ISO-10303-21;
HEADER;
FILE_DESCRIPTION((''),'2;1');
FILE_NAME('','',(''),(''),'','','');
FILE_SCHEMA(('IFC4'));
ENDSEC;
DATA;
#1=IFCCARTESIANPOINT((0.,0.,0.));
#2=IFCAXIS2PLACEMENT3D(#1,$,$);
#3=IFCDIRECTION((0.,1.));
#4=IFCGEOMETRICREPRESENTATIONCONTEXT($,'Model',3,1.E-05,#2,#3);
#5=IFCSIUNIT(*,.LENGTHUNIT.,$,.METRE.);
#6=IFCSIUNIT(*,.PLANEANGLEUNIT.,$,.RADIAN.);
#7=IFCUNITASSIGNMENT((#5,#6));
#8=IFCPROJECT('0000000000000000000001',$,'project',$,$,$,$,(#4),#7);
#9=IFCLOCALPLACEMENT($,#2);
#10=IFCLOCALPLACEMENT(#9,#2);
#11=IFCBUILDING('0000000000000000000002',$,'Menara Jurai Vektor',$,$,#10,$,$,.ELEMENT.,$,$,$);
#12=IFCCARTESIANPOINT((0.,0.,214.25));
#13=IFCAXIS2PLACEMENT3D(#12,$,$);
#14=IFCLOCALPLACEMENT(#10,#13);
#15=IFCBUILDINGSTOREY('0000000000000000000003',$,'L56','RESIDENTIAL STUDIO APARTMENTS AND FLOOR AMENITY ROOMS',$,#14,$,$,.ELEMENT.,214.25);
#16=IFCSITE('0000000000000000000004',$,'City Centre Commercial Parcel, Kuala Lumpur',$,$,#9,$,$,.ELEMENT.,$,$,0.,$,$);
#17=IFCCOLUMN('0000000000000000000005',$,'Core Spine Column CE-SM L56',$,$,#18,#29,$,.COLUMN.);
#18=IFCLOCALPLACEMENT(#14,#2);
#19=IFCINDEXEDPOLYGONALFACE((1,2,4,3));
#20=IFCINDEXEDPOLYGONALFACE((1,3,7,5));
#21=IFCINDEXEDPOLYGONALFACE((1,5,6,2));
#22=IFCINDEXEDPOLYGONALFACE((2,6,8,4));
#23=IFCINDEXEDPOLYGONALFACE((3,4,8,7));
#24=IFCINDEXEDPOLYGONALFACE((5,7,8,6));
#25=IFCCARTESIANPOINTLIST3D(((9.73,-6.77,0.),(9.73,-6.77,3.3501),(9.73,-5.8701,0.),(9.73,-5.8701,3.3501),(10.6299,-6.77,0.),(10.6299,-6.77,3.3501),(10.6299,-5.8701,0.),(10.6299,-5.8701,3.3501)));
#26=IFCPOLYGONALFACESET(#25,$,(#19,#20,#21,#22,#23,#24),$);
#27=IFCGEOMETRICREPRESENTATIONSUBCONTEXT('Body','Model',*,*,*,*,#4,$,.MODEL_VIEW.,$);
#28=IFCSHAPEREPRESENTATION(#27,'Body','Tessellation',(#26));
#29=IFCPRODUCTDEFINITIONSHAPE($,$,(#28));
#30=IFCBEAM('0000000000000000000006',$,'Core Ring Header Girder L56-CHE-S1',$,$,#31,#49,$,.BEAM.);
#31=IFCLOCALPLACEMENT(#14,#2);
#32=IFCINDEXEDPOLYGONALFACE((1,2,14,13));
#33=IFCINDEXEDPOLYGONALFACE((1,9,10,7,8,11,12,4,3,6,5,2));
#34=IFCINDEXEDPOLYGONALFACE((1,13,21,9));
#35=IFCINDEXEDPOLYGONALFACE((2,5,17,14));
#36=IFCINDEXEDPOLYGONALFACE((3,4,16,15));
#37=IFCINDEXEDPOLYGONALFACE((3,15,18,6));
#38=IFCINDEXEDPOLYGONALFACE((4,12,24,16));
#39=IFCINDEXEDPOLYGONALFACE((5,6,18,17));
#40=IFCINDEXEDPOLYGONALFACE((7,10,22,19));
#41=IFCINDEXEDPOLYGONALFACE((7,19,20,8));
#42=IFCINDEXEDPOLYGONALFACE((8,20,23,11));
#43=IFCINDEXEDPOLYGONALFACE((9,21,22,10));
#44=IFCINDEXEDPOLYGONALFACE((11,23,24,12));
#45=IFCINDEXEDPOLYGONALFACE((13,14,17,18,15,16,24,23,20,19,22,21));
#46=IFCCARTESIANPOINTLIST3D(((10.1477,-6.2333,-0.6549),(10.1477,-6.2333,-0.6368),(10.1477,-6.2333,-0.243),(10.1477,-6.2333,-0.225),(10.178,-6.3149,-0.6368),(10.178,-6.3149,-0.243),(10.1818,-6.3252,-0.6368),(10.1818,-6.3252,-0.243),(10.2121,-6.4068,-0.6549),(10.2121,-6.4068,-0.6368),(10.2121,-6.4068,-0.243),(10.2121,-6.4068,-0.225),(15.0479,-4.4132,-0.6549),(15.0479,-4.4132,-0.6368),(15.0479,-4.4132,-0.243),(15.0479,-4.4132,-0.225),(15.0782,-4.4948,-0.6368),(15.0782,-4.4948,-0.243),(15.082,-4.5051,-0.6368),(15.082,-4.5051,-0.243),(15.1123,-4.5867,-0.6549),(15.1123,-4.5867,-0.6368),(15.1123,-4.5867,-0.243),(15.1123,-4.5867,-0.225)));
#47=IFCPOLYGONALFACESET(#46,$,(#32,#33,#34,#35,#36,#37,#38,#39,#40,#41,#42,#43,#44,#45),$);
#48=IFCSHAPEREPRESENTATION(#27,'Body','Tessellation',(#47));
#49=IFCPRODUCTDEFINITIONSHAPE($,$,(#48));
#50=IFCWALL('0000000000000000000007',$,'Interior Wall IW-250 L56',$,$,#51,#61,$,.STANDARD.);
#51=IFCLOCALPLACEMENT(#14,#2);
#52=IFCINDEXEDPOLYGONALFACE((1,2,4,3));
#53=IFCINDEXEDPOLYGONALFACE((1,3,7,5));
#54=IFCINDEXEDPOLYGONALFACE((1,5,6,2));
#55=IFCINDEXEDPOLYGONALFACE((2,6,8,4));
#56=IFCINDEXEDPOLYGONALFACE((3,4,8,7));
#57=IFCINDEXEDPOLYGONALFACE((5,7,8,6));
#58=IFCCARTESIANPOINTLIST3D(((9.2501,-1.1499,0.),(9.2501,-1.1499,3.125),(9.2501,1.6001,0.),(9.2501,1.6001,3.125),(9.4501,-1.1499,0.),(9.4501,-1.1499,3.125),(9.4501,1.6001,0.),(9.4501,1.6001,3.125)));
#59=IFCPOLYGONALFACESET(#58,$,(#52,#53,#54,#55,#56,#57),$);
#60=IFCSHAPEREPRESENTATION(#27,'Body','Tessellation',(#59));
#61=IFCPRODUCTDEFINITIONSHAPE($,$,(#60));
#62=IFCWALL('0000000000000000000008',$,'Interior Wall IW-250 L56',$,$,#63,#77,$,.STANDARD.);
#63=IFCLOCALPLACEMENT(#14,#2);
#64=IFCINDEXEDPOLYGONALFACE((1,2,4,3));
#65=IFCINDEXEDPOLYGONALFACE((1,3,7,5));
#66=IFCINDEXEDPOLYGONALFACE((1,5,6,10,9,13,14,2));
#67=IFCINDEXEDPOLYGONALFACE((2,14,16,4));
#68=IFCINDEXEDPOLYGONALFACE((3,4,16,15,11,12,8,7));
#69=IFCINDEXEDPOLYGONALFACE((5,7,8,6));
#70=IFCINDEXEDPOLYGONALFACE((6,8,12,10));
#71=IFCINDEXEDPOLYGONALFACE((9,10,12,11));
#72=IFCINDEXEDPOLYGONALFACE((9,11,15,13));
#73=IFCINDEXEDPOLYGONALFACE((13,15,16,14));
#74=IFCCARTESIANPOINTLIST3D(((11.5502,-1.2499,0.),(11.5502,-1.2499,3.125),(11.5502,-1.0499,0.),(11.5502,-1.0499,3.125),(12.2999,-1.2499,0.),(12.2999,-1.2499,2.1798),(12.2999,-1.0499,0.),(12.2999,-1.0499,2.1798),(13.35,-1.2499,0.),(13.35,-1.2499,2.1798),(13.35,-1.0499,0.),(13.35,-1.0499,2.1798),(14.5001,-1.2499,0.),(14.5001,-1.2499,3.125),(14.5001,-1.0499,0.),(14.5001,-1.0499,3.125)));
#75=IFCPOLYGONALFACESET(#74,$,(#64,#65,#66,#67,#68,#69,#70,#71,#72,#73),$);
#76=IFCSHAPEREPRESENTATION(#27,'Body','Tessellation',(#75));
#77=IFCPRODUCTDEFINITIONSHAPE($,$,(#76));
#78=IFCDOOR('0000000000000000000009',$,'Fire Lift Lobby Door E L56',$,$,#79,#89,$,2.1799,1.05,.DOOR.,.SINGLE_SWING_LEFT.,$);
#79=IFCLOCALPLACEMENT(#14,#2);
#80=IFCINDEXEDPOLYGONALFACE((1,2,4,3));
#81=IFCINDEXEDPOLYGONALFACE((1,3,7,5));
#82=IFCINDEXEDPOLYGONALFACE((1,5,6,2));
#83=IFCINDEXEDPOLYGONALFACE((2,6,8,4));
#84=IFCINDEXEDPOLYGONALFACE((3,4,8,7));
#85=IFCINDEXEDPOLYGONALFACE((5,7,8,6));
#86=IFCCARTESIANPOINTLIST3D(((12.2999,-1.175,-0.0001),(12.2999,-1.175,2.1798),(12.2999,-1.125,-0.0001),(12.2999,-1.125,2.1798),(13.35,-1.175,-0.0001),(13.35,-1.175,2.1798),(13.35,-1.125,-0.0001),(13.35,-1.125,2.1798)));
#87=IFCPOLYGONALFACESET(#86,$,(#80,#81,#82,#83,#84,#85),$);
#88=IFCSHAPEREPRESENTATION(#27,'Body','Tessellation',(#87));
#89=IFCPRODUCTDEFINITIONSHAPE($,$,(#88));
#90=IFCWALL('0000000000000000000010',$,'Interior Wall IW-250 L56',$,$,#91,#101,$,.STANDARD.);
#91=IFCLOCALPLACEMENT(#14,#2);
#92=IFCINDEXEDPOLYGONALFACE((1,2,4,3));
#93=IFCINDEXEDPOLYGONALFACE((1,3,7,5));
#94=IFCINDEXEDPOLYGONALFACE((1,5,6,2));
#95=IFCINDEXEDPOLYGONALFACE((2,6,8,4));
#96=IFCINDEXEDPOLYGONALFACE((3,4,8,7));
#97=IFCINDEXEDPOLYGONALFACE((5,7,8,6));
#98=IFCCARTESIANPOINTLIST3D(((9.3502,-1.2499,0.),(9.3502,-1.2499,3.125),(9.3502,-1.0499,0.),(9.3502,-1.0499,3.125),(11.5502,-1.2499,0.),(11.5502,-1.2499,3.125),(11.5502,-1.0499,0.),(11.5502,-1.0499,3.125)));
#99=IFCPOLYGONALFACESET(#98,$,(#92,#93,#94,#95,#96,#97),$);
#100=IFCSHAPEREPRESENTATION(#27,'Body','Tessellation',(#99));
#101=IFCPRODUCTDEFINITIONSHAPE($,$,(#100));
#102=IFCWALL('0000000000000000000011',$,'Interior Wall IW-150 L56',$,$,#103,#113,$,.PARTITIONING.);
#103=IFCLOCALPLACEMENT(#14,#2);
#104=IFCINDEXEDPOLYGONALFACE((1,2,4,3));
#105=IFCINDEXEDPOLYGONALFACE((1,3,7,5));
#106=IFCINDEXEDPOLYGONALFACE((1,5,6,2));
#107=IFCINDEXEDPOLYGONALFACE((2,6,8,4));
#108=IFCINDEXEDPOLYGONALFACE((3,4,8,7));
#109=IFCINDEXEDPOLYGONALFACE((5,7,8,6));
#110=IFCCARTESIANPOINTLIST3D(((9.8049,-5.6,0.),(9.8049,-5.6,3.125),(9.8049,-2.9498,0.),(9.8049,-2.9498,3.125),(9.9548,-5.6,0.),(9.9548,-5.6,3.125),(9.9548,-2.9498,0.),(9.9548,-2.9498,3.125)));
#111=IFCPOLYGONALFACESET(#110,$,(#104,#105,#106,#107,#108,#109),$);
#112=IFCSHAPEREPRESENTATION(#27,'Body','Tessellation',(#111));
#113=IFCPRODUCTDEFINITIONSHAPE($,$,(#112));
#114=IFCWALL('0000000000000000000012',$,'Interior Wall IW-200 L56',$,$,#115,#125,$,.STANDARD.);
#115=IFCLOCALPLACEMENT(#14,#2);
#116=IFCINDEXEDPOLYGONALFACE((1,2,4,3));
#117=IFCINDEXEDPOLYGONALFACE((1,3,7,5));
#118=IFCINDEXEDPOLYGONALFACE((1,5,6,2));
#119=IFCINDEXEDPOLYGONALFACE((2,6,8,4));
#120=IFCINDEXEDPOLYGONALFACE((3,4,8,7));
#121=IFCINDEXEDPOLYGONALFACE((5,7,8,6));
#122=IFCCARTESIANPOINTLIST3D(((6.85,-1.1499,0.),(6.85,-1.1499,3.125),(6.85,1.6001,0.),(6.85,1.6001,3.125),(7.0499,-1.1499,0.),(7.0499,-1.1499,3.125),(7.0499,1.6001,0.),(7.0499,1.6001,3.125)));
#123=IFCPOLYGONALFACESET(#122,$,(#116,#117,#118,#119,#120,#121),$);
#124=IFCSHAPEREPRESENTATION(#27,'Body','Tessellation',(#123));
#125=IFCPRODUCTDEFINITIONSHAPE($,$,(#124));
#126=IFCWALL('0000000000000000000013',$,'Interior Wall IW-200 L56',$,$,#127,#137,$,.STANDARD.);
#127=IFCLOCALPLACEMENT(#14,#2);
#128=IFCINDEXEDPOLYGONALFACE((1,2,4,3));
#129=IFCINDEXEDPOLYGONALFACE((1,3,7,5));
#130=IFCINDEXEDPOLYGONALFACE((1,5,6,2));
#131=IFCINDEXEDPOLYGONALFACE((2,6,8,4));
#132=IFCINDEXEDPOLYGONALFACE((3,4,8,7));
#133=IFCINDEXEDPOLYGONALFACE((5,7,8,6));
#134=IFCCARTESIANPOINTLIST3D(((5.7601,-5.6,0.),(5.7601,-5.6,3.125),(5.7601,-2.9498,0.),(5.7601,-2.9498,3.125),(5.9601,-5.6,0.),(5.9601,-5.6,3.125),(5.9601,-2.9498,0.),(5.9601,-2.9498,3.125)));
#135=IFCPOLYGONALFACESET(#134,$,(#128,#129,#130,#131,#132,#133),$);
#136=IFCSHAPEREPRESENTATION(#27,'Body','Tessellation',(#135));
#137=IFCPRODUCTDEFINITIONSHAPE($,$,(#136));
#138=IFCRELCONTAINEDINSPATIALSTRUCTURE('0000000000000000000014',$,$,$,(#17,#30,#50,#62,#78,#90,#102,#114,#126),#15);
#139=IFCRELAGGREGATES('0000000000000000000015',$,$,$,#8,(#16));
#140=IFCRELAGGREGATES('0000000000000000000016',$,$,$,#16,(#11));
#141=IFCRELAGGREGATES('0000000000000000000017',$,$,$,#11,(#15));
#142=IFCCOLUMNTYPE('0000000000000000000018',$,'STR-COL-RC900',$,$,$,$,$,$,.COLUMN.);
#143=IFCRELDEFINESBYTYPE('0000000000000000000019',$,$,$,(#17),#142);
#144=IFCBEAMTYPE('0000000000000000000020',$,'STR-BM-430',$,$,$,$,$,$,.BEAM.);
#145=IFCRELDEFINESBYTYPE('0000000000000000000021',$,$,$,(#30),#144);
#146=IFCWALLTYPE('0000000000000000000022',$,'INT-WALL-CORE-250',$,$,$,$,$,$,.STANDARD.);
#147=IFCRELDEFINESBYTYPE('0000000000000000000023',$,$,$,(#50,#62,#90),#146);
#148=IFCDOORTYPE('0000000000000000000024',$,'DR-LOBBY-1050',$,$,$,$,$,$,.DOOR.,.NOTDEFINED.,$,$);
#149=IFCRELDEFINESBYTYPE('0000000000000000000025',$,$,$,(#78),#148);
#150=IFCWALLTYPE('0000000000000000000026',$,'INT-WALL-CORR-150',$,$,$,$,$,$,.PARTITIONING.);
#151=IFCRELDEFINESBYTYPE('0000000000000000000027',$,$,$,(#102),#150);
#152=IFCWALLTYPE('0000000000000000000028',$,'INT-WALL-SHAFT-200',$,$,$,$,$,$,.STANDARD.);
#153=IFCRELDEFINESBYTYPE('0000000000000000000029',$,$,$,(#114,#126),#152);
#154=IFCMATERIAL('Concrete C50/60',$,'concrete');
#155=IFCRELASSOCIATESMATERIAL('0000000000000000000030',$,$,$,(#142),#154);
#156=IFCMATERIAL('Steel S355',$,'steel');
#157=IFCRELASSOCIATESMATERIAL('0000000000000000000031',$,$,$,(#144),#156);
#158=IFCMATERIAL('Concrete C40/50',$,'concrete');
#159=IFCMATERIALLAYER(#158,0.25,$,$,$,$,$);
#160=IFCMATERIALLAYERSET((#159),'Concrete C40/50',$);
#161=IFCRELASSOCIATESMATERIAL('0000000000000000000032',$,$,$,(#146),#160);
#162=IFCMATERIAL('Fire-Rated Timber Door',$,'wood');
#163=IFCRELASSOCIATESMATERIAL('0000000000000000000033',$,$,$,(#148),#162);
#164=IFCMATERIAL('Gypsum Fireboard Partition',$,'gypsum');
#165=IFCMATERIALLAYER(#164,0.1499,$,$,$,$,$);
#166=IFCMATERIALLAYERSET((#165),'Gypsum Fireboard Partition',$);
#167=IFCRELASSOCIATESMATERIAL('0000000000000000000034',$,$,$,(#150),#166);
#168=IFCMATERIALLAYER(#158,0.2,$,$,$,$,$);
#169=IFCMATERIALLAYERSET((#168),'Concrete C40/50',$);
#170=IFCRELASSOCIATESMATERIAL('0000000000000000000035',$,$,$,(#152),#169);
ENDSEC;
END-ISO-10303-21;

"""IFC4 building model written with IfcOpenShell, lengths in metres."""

from ifc_helpers import new_model, si_unit, direction, frame, frame_2d, origin, origin_2d, place, context, subcontext, project, spatial, rectangle, i_section, extrude, material, layer, layer_set, material_profile, profile_set, type_object, element, fill, save


model = new_model("IFC4")

# Units and contexts
model_context = context("Model", 3, precision=1e-05, world=origin(), true_north=direction((0.0, 1.0)))
body_context = subcontext(model_context, "Body", "Model", "MODEL_VIEW")
ifc_project = project(units=[si_unit("LENGTHUNIT", "METRE"), si_unit("PLANEANGLEUNIT", "RADIAN")], contexts=[model_context])

# Site, building, storey
site_placement = place(None, origin())
site = spatial("IfcSite", under=ifc_project, at=site_placement, Name="City Centre Commercial Parcel, Kuala Lumpur", CompositionType="ELEMENT", RefElevation=0.0)
building_placement = place(site_placement, origin())
building = spatial("IfcBuilding", under=site, at=building_placement, Name="Menara Jurai Vektor", CompositionType="ELEMENT")
storey_placement = place(building_placement, frame((0.0, 0.0, 214.25)))
storey = spatial("IfcBuildingStorey", under=building, at=storey_placement, Name="L56", Description="RESIDENTIAL STUDIO APARTMENTS AND FLOOR AMENITY ROOMS", CompositionType="ELEMENT", Elevation=214.25)

# Column
ifc_material_1 = material(Name="Concrete C50/60", Category="concrete")
ifc_material_profile_1 = material_profile(ifc_material_1, rectangle(XDim=0.8999, YDim=0.8999, at=origin_2d()), Name="RC 900x900")
ifc_profile_set_1 = profile_set([ifc_material_profile_1], Name="Concrete C50/60")
column_type = type_object("IfcColumnType", Name="STR-COL-RC900", PredefinedType="COLUMN", material=ifc_profile_set_1)
column_placement = place(storey_placement, frame((10.1799, -6.3201, 0.0), z_axis=(0.0, 0.0, 1.0), x_axis=(1.0, 0.0, 0.0)))
element("IfcColumn", 1, at=column_placement, inside=storey, type_object=column_type, Name="Core Spine Column CE-SM L56", PredefinedType="COLUMN", context=body_context, shape_type="SweptSolid", body=[
    extrude(rectangle(XDim=0.8999, YDim=0.8999, at=origin_2d()), origin(), (0.0, 0.0, 1.0), 3.3501),
])

# Beam
ifc_material_2 = material(Name="Steel S355", Category="steel")
ifc_material_profile_2 = material_profile(ifc_material_2, i_section(OverallWidth=0.1851, OverallDepth=0.4299, WebThickness=0.011, FlangeThickness=0.0181, at=origin_2d()), Name="PG 430x185x76")
ifc_profile_set_2 = profile_set([ifc_material_profile_2], Name="Steel S355")
beam_type = type_object("IfcBeamType", Name="STR-BM-430", PredefinedType="BEAM", material=ifc_profile_set_2)
beam_placement = place(storey_placement, frame((10.1799, -6.3201, -0.4399), z_axis=(0.937424, 0.348189, 0.0), x_axis=(-0.348189, 0.937424, 0.0)))
element("IfcBeam", 2, at=beam_placement, inside=storey, type_object=beam_type, Name="Core Ring Header Girder L56-CHE-S1", PredefinedType="BEAM", context=body_context, shape_type="SweptSolid", body=[
    extrude(i_section(OverallWidth=0.1851, OverallDepth=0.4299, WebThickness=0.011, FlangeThickness=0.0181, at=origin_2d()), origin(), (0.0, 0.0, 1.0), 5.2273),
])

# Shared definitions
ifc_material_3 = material(Name="Concrete C40/50", Category="concrete")
ifc_layer_1 = layer(ifc_material_3, 0.25)
ifc_layer_set_1 = layer_set([ifc_layer_1], Name="Concrete C40/50")
wall_type_1 = type_object("IfcWallType", Name="INT-WALL-CORE-250", PredefinedType="STANDARD", material=ifc_layer_set_1)

# Wall
wall_1_placement = place(storey_placement, frame((9.3501, -1.1499, 0.0), z_axis=(0.0, 0.0, 1.0), x_axis=(0.0, 1.0, 0.0)))
element("IfcWall", 3, at=wall_1_placement, inside=storey, type_object=wall_type_1, Name="Interior Wall IW-250 L56", PredefinedType="STANDARD", context=body_context, shape_type="SweptSolid", body=[
    extrude(rectangle(XDim=2.75, YDim=0.2, at=frame_2d((1.375, 0.0))), origin(), (0.0, 0.0, 1.0), 3.125),
])

# Wall, opening, door
wall_2_placement = place(storey_placement, frame((11.55, -1.1499, 0.0), z_axis=(0.0, 0.0, 1.0), x_axis=(1.0, 0.0, 0.0)))
wall_2 = element("IfcWall", 4, at=wall_2_placement, inside=storey, type_object=wall_type_1, Name="Interior Wall IW-250 L56", PredefinedType="STANDARD", context=body_context, shape_type="SweptSolid", body=[
    extrude(rectangle(XDim=2.95, YDim=0.2, at=frame_2d((1.4751, 0.0))), origin(), (0.0, 0.0, 1.0), 3.125),
])
opening_1_placement = place(wall_2_placement, frame((0.75, 0.0, 0.0)))
opening_1 = element("IfcOpeningElement", 5, at=opening_1_placement, cuts=wall_2, PredefinedType="OPENING", context=body_context, shape_type="SweptSolid", body=[
    extrude(rectangle(XDim=1.05, YDim=2.1799, at=frame_2d((0.5249, 1.0898))), frame((0.0, 0.1099, 0.0), z_axis=(0.0, -1.0, 0.0), x_axis=(1.0, 0.0, 0.0)), (0.0, 0.0, 1.0), 0.22),
])
ifc_material_4 = material(Name="Fire-Rated Timber Door", Category="wood")
door_type_1 = type_object("IfcDoorType", Name="DR-LOBBY-1050", OperationType="NOTDEFINED", PredefinedType="DOOR", material=ifc_material_4)
door_1_placement = place(opening_1_placement, origin())
door_1 = element("IfcDoor", 6, at=door_1_placement, inside=storey, type_object=door_type_1, Name="Fire Lift Lobby Door E L56", OperationType="SINGLE_SWING_LEFT", OverallHeight=2.1799, OverallWidth=1.05, PredefinedType="DOOR", context=body_context, shape_type="SweptSolid", body=[
    extrude(rectangle(XDim=1.05, YDim=2.1799, at=frame_2d((0.5249, 1.0898))), frame((0.0, 0.0249, 0.0), z_axis=(0.0, -1.0, 0.0), x_axis=(1.0, 0.0, 0.0)), (0.0, 0.0, 1.0), 0.05),
])
fill(opening_1, door_1)

# Walls
wall_3_placement = place(storey_placement, frame((9.3501, -1.1499, 0.0), z_axis=(0.0, 0.0, 1.0), x_axis=(1.0, 0.0, 0.0)))
element("IfcWall", 7, at=wall_3_placement, inside=storey, type_object=wall_type_1, Name="Interior Wall IW-250 L56", PredefinedType="STANDARD", context=body_context, shape_type="SweptSolid", body=[
    extrude(rectangle(XDim=2.2, YDim=0.2, at=frame_2d((1.1001, 0.0))), origin(), (0.0, 0.0, 1.0), 3.125),
])
ifc_material_5 = material(Name="Gypsum Fireboard Partition", Category="gypsum")
ifc_layer_2 = layer(ifc_material_5, 0.1499)
ifc_layer_set_2 = layer_set([ifc_layer_2], Name="Gypsum Fireboard Partition")
wall_type_2 = type_object("IfcWallType", Name="INT-WALL-CORR-150", PredefinedType="PARTITIONING", material=ifc_layer_set_2)
wall_4_placement = place(storey_placement, frame((9.8799, -5.6001, 0.0), z_axis=(0.0, 0.0, 1.0), x_axis=(0.0, 1.0, 0.0)))
element("IfcWall", 8, at=wall_4_placement, inside=storey, type_object=wall_type_2, Name="Interior Wall IW-150 L56", PredefinedType="PARTITIONING", context=body_context, shape_type="SweptSolid", body=[
    extrude(rectangle(XDim=2.6501, YDim=0.1499, at=frame_2d((1.3252, 0.0))), origin(), (0.0, 0.0, 1.0), 3.125),
])

# Wall
ifc_layer_3 = layer(ifc_material_3, 0.2)
ifc_layer_set_3 = layer_set([ifc_layer_3], Name="Concrete C40/50")
wall_type_3 = type_object("IfcWallType", Name="INT-WALL-SHAFT-200", PredefinedType="STANDARD", material=ifc_layer_set_3)
wall_5_placement = place(storey_placement, frame((6.95, -1.1499, 0.0), z_axis=(0.0, 0.0, 1.0), x_axis=(0.0, 1.0, 0.0)))
element("IfcWall", 9, at=wall_5_placement, inside=storey, type_object=wall_type_3, Name="Interior Wall IW-200 L56", PredefinedType="STANDARD", context=body_context, shape_type="SweptSolid", body=[
    extrude(rectangle(XDim=2.75, YDim=0.2, at=frame_2d((1.375, 0.0))), origin(), (0.0, 0.0, 1.0), 3.125),
])

# Wall
wall_6_placement = place(storey_placement, frame((5.8601, -5.6001, 0.0), z_axis=(0.0, 0.0, 1.0), x_axis=(0.0, 1.0, 0.0)))
element("IfcWall", 10, at=wall_6_placement, inside=storey, type_object=wall_type_3, Name="Interior Wall IW-200 L56", PredefinedType="STANDARD", context=body_context, shape_type="SweptSolid", body=[
    extrude(rectangle(XDim=2.6501, YDim=0.2, at=frame_2d((1.3252, 0.0))), origin(), (0.0, 0.0, 1.0), 3.125),
])

save(model, "model.ifc")
